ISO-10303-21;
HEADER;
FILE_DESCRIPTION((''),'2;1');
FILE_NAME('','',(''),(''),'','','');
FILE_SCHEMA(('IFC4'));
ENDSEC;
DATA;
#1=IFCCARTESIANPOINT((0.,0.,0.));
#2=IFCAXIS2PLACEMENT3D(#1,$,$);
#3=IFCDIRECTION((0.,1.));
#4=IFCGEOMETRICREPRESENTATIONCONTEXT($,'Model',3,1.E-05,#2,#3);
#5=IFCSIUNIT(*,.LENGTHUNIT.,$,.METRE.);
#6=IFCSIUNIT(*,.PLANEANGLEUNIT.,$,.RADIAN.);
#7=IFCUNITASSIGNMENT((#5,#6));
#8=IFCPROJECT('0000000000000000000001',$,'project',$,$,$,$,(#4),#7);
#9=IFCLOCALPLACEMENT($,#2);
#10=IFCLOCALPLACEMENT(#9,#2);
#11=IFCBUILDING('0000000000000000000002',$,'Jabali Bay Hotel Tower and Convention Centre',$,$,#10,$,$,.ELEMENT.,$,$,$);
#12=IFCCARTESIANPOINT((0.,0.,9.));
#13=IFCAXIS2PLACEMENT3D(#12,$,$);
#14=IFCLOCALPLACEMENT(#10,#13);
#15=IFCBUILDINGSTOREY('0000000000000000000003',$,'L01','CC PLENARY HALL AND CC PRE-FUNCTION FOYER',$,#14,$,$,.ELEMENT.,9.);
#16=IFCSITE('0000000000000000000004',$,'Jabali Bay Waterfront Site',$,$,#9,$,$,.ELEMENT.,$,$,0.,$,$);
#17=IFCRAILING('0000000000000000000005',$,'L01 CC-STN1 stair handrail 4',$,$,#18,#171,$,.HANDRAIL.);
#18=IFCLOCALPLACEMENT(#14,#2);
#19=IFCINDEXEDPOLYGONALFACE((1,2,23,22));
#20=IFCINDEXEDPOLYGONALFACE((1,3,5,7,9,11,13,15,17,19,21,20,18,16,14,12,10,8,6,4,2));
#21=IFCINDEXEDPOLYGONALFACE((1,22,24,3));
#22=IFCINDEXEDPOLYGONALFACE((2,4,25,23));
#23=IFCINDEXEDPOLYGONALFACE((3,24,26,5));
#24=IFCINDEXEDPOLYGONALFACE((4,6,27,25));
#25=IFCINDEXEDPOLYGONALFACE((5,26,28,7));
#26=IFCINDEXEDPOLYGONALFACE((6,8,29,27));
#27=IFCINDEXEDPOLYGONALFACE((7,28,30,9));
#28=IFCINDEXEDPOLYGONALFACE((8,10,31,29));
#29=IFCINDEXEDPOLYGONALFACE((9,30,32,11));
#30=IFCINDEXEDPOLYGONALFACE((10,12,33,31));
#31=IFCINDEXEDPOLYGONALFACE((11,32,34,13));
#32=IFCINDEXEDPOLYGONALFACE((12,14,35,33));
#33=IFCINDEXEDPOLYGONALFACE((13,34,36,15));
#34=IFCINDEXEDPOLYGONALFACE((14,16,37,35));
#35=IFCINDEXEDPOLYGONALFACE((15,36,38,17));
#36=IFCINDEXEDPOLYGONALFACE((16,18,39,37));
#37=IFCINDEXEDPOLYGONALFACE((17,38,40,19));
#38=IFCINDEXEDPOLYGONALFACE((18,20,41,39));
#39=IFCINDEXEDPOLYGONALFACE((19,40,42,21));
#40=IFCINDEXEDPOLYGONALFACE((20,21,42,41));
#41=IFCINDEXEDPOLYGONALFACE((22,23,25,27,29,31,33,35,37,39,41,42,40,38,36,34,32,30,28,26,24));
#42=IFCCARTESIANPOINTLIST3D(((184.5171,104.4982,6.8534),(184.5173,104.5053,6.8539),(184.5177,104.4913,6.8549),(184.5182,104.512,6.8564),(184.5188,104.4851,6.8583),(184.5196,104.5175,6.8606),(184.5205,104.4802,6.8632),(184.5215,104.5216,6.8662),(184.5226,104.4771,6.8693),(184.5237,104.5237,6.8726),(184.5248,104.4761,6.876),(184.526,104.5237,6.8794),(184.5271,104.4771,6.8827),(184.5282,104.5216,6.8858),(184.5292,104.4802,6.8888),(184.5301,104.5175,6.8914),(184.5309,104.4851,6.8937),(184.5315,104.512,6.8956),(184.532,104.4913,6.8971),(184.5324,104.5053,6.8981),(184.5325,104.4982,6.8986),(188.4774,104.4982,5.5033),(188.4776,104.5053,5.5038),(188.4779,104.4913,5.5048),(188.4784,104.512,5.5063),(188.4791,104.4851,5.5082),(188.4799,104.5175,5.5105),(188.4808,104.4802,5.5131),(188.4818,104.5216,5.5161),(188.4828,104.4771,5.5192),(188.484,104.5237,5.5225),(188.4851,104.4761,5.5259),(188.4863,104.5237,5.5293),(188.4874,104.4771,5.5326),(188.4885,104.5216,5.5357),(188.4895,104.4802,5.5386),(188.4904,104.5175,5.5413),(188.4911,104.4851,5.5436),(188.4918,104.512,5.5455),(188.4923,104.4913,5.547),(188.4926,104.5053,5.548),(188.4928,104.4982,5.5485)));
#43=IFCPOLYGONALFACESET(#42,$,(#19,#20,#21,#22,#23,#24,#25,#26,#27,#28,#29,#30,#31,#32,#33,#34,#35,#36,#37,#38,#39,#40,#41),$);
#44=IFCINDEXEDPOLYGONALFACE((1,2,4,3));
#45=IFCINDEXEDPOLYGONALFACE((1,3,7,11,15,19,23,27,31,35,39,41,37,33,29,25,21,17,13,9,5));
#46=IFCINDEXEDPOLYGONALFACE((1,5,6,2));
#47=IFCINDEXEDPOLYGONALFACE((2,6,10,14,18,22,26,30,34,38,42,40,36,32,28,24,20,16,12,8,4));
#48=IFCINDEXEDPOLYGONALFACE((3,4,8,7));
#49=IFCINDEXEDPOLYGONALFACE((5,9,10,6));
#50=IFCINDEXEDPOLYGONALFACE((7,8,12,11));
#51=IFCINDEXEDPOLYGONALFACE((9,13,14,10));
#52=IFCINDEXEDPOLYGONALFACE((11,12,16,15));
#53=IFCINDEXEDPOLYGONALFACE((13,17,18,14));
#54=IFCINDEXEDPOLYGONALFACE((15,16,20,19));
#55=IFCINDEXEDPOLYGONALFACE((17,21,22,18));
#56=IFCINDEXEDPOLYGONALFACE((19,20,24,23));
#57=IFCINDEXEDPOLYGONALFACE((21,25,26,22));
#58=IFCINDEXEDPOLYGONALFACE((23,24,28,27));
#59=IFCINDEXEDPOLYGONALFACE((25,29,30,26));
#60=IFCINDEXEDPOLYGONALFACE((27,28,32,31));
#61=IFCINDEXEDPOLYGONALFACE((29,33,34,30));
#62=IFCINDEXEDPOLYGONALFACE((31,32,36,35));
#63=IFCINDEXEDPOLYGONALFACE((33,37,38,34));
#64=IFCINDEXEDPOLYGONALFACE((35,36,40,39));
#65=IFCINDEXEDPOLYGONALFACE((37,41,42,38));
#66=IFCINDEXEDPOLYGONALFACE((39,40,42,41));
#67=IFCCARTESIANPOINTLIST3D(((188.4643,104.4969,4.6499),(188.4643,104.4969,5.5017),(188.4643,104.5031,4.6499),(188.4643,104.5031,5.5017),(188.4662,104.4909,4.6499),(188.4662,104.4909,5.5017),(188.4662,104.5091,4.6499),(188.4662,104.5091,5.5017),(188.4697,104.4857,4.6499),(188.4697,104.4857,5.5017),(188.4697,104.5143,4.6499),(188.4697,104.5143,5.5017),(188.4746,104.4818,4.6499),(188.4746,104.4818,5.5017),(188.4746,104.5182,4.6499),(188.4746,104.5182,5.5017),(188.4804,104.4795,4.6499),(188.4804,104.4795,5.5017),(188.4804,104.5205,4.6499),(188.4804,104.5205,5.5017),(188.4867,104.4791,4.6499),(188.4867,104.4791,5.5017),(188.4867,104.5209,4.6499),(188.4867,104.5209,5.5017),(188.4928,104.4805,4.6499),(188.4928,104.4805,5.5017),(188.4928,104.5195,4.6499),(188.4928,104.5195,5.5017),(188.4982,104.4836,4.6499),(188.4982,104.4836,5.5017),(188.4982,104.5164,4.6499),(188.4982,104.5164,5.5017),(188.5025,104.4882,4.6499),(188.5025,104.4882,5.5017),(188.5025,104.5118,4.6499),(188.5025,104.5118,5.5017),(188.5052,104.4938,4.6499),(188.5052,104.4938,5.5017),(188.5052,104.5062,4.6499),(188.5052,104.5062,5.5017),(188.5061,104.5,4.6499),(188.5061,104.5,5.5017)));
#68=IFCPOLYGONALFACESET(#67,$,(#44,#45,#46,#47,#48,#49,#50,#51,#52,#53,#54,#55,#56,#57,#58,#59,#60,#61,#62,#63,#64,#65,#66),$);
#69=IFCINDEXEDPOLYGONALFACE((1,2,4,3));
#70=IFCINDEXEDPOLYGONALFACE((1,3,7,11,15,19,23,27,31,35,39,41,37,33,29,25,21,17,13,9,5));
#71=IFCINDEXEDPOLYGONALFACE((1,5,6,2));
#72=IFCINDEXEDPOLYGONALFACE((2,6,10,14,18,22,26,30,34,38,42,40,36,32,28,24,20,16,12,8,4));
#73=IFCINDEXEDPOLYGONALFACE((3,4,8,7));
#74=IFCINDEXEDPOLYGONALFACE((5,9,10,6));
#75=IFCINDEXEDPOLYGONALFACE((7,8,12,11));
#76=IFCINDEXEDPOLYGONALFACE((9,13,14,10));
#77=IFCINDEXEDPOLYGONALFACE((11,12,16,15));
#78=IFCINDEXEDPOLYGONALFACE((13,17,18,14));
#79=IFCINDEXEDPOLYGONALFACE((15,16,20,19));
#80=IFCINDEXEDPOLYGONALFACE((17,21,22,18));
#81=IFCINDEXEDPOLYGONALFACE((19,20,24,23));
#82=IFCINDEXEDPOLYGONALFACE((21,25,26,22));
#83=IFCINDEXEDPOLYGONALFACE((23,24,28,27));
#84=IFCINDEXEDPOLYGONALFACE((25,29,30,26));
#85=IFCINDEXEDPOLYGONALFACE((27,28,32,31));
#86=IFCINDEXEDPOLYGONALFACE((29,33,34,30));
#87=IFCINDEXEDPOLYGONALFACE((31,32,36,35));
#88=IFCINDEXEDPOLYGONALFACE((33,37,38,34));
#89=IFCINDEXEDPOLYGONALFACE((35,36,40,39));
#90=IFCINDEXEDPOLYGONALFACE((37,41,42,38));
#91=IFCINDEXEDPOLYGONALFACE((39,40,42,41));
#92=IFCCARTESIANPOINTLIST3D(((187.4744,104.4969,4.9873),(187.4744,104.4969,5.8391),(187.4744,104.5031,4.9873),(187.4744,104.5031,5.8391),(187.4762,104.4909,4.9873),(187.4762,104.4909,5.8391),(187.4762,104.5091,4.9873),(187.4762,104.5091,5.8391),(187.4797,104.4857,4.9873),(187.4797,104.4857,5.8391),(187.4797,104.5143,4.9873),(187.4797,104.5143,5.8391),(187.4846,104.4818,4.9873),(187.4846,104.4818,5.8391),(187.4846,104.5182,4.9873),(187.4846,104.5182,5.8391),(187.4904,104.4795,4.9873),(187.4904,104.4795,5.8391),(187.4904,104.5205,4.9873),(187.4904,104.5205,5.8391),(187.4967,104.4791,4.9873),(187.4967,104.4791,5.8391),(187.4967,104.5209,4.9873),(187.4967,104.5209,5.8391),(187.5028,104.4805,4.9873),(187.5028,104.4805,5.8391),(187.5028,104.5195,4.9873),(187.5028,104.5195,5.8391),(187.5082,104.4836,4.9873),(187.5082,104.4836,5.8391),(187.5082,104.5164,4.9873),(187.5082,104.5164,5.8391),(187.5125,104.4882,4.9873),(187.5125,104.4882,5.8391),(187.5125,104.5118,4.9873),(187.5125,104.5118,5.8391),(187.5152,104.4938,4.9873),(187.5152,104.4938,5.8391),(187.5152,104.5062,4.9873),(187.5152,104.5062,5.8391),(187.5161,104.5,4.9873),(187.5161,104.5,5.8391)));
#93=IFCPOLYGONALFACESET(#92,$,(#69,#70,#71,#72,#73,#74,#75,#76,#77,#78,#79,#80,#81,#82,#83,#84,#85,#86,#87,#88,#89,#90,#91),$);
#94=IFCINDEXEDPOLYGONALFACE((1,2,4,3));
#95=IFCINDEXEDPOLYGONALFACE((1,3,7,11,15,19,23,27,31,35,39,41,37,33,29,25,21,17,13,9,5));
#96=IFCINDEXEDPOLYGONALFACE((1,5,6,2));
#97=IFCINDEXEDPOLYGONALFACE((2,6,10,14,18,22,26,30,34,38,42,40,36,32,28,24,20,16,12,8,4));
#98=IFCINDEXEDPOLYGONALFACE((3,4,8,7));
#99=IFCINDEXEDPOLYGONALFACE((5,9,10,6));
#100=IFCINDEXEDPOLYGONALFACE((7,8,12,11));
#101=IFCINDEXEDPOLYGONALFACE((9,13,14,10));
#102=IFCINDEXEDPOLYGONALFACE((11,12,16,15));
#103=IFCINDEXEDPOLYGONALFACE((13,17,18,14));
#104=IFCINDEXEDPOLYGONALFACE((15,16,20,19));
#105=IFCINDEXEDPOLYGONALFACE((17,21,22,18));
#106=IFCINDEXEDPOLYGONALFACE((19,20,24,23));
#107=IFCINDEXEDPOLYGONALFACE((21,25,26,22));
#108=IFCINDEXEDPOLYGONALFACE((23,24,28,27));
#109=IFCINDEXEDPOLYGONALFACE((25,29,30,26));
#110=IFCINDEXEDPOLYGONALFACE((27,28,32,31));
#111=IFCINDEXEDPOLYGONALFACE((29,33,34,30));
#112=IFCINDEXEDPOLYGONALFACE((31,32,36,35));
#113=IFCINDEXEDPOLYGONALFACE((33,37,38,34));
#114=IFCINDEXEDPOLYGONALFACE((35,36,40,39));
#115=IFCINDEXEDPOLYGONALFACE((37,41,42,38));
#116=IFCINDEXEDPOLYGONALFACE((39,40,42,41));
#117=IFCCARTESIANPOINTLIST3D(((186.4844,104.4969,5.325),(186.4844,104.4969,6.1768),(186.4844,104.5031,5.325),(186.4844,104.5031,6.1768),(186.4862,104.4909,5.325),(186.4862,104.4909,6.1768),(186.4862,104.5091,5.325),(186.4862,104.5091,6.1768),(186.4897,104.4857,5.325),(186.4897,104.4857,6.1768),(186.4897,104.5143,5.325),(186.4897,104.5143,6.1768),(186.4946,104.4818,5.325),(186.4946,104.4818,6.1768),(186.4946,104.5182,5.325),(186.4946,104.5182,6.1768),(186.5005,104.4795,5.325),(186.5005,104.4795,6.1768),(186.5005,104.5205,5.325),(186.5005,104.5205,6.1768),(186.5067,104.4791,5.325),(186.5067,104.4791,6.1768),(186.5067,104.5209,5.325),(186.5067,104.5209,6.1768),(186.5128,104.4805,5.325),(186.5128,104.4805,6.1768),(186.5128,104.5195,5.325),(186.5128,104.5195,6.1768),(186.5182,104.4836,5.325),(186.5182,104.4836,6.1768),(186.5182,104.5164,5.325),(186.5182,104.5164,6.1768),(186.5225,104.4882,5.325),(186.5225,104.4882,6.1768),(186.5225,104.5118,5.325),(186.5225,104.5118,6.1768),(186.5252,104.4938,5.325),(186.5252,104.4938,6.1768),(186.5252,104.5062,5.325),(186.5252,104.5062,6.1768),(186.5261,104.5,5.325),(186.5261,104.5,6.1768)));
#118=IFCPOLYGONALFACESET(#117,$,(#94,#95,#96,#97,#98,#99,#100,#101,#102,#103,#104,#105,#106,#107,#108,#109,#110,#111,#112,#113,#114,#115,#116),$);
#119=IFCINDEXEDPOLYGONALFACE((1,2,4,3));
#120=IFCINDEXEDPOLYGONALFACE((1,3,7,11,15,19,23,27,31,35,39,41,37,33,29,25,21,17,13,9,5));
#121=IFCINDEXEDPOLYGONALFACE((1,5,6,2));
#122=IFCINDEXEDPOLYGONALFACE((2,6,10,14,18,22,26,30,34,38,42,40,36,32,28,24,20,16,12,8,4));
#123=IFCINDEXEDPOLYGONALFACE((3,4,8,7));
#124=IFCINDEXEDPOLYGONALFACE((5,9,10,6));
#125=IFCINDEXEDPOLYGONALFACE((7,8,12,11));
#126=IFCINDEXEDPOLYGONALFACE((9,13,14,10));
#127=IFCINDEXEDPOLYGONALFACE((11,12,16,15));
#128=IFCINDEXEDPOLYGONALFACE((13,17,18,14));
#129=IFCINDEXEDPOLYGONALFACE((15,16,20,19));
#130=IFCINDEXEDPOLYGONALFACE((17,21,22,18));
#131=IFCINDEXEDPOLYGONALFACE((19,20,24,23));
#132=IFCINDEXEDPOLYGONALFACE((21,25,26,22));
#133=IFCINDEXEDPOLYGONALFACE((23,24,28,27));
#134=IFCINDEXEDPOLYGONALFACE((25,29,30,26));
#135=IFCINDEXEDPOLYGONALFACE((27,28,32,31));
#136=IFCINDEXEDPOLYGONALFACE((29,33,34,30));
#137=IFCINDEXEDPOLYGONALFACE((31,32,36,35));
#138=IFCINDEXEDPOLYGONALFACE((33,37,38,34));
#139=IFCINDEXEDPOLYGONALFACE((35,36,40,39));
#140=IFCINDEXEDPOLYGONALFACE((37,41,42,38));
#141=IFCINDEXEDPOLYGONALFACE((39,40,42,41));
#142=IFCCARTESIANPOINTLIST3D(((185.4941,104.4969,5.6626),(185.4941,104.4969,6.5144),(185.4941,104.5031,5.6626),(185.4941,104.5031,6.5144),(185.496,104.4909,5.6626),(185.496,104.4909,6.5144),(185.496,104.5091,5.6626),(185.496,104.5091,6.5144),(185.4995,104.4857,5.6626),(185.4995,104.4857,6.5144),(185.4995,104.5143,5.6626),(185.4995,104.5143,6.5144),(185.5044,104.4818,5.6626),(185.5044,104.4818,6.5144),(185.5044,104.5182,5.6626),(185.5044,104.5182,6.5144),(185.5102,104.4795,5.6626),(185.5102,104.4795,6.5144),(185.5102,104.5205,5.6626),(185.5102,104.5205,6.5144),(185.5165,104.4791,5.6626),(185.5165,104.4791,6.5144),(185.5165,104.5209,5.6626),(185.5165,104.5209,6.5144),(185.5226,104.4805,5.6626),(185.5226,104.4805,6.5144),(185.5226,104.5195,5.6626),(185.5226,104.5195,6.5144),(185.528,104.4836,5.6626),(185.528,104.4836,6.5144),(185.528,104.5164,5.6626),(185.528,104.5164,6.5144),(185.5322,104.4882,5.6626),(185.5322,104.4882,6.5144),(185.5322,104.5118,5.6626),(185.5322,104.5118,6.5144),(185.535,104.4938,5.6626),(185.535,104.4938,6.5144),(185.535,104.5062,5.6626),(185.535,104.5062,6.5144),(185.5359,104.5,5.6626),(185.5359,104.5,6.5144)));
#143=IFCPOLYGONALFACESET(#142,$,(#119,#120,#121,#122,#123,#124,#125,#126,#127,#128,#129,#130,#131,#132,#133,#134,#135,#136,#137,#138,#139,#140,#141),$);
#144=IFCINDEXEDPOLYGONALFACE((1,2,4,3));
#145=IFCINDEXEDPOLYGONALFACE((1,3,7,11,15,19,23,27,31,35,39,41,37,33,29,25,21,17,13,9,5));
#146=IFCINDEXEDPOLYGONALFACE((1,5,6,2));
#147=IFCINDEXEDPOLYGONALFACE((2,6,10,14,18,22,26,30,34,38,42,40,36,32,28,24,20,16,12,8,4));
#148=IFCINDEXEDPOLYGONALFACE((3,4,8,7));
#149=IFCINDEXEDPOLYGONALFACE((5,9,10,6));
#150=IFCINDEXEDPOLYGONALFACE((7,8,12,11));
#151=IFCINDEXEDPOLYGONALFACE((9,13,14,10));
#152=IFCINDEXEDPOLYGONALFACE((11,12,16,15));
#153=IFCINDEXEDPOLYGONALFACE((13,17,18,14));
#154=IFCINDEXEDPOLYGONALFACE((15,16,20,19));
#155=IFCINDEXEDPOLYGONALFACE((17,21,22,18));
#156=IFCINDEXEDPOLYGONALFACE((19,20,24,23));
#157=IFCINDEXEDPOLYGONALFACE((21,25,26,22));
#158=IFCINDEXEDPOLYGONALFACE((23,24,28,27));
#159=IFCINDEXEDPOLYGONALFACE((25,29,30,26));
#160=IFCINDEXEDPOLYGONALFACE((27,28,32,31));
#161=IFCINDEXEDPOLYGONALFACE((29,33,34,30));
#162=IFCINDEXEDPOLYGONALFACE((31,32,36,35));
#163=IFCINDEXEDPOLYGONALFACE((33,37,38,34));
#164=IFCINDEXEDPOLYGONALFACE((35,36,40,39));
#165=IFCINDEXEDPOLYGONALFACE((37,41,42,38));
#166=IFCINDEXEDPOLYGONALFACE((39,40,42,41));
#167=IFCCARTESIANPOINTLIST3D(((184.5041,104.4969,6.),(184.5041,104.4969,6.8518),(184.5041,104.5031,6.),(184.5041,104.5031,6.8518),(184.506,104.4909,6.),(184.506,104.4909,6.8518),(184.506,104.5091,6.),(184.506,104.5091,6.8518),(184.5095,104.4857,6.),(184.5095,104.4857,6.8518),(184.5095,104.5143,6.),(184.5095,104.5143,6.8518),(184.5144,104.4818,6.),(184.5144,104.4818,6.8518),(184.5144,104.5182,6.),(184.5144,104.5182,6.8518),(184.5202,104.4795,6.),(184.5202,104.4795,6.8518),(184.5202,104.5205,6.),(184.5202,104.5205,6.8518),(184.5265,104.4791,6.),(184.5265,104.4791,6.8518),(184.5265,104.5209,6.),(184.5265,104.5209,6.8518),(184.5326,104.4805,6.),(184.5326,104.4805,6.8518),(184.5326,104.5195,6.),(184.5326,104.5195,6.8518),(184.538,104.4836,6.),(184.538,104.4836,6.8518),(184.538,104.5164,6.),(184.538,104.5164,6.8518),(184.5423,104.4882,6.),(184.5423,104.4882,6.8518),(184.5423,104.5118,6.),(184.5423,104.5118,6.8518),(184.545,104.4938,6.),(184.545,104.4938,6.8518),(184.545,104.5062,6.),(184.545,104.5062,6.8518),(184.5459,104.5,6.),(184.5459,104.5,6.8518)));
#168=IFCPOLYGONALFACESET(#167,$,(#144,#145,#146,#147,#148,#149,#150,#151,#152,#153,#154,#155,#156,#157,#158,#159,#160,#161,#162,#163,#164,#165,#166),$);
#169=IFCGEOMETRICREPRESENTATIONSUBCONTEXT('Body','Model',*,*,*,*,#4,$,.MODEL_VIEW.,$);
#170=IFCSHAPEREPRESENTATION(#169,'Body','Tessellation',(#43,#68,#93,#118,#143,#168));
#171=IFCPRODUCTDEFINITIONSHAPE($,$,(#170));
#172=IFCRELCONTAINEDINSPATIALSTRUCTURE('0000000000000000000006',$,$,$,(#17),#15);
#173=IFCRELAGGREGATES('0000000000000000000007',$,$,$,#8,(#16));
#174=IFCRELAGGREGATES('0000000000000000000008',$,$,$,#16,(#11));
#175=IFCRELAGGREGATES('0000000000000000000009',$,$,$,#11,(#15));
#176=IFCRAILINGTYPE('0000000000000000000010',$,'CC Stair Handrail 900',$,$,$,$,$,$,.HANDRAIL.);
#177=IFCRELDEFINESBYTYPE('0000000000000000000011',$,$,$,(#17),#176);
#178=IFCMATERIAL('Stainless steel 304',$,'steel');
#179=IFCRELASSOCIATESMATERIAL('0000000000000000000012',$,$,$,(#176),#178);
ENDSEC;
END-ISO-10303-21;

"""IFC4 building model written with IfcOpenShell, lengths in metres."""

from ifc_helpers import new_model, si_unit, direction, frame, origin, origin_2d, place, context, subcontext, project, spatial, circle, extrude, material, type_object, element, save


model = new_model("IFC4")

# Units and contexts
model_context = context("Model", 3, precision=1e-05, world=origin(), true_north=direction((0.0, 1.0)))
body_context = subcontext(model_context, "Body", "Model", "MODEL_VIEW")
ifc_project = project(units=[si_unit("LENGTHUNIT", "METRE"), si_unit("PLANEANGLEUNIT", "RADIAN")], contexts=[model_context])

# Site, building, storey
site_placement = place(None, origin())
site = spatial("IfcSite", under=ifc_project, at=site_placement, Name="Jabali Bay Waterfront Site", CompositionType="ELEMENT", RefElevation=0.0)
building_placement = place(site_placement, origin())
building = spatial("IfcBuilding", under=site, at=building_placement, Name="Jabali Bay Hotel Tower and Convention Centre", CompositionType="ELEMENT")
storey_placement = place(building_placement, frame((0.0, 0.0, 9.0)))
storey = spatial("IfcBuildingStorey", under=building, at=storey_placement, Name="L01", Description="CC PLENARY HALL AND CC PRE-FUNCTION FOYER", CompositionType="ELEMENT", Elevation=9.0)

# Railing
ifc_material_1 = material(Name="Stainless steel 304", Category="steel")
railing_type_1 = type_object("IfcRailingType", Name="CC Stair Handrail 900", PredefinedType="HANDRAIL", material=ifc_material_1)
for number, where, name in (
    (1, (188.4851, 104.5, 4.6499), "L01 CC-STN1 stair handrail 4"),
):
    element("IfcRailing", number, at=place(storey_placement, frame(where)), inside=storey, type_object=railing_type_1, Name=name, PredefinedType="HANDRAIL", context=body_context, shape_type="SweptSolid", body=[
        extrude(circle(Radius=0.0239, at=origin_2d()), frame((0.0, 0.0, 0.876), z_axis=(-0.946508, 0.0, 0.32268), x_axis=(0.0, -1.0, 0.0)), (0.0, 0.0, 1.0), 4.1841),
        extrude(circle(Radius=0.021, at=origin_2d()), origin(), (0.0, 0.0, 1.0), 0.8518),
        extrude(circle(Radius=0.021, at=origin_2d()), frame((-0.99, 0.0, 0.3374)), (0.0, 0.0, 1.0), 0.8518),
        extrude(circle(Radius=0.021, at=origin_2d()), frame((-1.98, 0.0, 0.675)), (0.0, 0.0, 1.0), 0.8518),
        extrude(circle(Radius=0.021, at=origin_2d()), frame((-2.9702, 0.0, 1.0127)), (0.0, 0.0, 1.0), 0.8518),
        extrude(circle(Radius=0.021, at=origin_2d()), frame((-3.9602, 0.0, 1.3501)), (0.0, 0.0, 1.0), 0.8518),
    ])

save(model, "model.ifc")
